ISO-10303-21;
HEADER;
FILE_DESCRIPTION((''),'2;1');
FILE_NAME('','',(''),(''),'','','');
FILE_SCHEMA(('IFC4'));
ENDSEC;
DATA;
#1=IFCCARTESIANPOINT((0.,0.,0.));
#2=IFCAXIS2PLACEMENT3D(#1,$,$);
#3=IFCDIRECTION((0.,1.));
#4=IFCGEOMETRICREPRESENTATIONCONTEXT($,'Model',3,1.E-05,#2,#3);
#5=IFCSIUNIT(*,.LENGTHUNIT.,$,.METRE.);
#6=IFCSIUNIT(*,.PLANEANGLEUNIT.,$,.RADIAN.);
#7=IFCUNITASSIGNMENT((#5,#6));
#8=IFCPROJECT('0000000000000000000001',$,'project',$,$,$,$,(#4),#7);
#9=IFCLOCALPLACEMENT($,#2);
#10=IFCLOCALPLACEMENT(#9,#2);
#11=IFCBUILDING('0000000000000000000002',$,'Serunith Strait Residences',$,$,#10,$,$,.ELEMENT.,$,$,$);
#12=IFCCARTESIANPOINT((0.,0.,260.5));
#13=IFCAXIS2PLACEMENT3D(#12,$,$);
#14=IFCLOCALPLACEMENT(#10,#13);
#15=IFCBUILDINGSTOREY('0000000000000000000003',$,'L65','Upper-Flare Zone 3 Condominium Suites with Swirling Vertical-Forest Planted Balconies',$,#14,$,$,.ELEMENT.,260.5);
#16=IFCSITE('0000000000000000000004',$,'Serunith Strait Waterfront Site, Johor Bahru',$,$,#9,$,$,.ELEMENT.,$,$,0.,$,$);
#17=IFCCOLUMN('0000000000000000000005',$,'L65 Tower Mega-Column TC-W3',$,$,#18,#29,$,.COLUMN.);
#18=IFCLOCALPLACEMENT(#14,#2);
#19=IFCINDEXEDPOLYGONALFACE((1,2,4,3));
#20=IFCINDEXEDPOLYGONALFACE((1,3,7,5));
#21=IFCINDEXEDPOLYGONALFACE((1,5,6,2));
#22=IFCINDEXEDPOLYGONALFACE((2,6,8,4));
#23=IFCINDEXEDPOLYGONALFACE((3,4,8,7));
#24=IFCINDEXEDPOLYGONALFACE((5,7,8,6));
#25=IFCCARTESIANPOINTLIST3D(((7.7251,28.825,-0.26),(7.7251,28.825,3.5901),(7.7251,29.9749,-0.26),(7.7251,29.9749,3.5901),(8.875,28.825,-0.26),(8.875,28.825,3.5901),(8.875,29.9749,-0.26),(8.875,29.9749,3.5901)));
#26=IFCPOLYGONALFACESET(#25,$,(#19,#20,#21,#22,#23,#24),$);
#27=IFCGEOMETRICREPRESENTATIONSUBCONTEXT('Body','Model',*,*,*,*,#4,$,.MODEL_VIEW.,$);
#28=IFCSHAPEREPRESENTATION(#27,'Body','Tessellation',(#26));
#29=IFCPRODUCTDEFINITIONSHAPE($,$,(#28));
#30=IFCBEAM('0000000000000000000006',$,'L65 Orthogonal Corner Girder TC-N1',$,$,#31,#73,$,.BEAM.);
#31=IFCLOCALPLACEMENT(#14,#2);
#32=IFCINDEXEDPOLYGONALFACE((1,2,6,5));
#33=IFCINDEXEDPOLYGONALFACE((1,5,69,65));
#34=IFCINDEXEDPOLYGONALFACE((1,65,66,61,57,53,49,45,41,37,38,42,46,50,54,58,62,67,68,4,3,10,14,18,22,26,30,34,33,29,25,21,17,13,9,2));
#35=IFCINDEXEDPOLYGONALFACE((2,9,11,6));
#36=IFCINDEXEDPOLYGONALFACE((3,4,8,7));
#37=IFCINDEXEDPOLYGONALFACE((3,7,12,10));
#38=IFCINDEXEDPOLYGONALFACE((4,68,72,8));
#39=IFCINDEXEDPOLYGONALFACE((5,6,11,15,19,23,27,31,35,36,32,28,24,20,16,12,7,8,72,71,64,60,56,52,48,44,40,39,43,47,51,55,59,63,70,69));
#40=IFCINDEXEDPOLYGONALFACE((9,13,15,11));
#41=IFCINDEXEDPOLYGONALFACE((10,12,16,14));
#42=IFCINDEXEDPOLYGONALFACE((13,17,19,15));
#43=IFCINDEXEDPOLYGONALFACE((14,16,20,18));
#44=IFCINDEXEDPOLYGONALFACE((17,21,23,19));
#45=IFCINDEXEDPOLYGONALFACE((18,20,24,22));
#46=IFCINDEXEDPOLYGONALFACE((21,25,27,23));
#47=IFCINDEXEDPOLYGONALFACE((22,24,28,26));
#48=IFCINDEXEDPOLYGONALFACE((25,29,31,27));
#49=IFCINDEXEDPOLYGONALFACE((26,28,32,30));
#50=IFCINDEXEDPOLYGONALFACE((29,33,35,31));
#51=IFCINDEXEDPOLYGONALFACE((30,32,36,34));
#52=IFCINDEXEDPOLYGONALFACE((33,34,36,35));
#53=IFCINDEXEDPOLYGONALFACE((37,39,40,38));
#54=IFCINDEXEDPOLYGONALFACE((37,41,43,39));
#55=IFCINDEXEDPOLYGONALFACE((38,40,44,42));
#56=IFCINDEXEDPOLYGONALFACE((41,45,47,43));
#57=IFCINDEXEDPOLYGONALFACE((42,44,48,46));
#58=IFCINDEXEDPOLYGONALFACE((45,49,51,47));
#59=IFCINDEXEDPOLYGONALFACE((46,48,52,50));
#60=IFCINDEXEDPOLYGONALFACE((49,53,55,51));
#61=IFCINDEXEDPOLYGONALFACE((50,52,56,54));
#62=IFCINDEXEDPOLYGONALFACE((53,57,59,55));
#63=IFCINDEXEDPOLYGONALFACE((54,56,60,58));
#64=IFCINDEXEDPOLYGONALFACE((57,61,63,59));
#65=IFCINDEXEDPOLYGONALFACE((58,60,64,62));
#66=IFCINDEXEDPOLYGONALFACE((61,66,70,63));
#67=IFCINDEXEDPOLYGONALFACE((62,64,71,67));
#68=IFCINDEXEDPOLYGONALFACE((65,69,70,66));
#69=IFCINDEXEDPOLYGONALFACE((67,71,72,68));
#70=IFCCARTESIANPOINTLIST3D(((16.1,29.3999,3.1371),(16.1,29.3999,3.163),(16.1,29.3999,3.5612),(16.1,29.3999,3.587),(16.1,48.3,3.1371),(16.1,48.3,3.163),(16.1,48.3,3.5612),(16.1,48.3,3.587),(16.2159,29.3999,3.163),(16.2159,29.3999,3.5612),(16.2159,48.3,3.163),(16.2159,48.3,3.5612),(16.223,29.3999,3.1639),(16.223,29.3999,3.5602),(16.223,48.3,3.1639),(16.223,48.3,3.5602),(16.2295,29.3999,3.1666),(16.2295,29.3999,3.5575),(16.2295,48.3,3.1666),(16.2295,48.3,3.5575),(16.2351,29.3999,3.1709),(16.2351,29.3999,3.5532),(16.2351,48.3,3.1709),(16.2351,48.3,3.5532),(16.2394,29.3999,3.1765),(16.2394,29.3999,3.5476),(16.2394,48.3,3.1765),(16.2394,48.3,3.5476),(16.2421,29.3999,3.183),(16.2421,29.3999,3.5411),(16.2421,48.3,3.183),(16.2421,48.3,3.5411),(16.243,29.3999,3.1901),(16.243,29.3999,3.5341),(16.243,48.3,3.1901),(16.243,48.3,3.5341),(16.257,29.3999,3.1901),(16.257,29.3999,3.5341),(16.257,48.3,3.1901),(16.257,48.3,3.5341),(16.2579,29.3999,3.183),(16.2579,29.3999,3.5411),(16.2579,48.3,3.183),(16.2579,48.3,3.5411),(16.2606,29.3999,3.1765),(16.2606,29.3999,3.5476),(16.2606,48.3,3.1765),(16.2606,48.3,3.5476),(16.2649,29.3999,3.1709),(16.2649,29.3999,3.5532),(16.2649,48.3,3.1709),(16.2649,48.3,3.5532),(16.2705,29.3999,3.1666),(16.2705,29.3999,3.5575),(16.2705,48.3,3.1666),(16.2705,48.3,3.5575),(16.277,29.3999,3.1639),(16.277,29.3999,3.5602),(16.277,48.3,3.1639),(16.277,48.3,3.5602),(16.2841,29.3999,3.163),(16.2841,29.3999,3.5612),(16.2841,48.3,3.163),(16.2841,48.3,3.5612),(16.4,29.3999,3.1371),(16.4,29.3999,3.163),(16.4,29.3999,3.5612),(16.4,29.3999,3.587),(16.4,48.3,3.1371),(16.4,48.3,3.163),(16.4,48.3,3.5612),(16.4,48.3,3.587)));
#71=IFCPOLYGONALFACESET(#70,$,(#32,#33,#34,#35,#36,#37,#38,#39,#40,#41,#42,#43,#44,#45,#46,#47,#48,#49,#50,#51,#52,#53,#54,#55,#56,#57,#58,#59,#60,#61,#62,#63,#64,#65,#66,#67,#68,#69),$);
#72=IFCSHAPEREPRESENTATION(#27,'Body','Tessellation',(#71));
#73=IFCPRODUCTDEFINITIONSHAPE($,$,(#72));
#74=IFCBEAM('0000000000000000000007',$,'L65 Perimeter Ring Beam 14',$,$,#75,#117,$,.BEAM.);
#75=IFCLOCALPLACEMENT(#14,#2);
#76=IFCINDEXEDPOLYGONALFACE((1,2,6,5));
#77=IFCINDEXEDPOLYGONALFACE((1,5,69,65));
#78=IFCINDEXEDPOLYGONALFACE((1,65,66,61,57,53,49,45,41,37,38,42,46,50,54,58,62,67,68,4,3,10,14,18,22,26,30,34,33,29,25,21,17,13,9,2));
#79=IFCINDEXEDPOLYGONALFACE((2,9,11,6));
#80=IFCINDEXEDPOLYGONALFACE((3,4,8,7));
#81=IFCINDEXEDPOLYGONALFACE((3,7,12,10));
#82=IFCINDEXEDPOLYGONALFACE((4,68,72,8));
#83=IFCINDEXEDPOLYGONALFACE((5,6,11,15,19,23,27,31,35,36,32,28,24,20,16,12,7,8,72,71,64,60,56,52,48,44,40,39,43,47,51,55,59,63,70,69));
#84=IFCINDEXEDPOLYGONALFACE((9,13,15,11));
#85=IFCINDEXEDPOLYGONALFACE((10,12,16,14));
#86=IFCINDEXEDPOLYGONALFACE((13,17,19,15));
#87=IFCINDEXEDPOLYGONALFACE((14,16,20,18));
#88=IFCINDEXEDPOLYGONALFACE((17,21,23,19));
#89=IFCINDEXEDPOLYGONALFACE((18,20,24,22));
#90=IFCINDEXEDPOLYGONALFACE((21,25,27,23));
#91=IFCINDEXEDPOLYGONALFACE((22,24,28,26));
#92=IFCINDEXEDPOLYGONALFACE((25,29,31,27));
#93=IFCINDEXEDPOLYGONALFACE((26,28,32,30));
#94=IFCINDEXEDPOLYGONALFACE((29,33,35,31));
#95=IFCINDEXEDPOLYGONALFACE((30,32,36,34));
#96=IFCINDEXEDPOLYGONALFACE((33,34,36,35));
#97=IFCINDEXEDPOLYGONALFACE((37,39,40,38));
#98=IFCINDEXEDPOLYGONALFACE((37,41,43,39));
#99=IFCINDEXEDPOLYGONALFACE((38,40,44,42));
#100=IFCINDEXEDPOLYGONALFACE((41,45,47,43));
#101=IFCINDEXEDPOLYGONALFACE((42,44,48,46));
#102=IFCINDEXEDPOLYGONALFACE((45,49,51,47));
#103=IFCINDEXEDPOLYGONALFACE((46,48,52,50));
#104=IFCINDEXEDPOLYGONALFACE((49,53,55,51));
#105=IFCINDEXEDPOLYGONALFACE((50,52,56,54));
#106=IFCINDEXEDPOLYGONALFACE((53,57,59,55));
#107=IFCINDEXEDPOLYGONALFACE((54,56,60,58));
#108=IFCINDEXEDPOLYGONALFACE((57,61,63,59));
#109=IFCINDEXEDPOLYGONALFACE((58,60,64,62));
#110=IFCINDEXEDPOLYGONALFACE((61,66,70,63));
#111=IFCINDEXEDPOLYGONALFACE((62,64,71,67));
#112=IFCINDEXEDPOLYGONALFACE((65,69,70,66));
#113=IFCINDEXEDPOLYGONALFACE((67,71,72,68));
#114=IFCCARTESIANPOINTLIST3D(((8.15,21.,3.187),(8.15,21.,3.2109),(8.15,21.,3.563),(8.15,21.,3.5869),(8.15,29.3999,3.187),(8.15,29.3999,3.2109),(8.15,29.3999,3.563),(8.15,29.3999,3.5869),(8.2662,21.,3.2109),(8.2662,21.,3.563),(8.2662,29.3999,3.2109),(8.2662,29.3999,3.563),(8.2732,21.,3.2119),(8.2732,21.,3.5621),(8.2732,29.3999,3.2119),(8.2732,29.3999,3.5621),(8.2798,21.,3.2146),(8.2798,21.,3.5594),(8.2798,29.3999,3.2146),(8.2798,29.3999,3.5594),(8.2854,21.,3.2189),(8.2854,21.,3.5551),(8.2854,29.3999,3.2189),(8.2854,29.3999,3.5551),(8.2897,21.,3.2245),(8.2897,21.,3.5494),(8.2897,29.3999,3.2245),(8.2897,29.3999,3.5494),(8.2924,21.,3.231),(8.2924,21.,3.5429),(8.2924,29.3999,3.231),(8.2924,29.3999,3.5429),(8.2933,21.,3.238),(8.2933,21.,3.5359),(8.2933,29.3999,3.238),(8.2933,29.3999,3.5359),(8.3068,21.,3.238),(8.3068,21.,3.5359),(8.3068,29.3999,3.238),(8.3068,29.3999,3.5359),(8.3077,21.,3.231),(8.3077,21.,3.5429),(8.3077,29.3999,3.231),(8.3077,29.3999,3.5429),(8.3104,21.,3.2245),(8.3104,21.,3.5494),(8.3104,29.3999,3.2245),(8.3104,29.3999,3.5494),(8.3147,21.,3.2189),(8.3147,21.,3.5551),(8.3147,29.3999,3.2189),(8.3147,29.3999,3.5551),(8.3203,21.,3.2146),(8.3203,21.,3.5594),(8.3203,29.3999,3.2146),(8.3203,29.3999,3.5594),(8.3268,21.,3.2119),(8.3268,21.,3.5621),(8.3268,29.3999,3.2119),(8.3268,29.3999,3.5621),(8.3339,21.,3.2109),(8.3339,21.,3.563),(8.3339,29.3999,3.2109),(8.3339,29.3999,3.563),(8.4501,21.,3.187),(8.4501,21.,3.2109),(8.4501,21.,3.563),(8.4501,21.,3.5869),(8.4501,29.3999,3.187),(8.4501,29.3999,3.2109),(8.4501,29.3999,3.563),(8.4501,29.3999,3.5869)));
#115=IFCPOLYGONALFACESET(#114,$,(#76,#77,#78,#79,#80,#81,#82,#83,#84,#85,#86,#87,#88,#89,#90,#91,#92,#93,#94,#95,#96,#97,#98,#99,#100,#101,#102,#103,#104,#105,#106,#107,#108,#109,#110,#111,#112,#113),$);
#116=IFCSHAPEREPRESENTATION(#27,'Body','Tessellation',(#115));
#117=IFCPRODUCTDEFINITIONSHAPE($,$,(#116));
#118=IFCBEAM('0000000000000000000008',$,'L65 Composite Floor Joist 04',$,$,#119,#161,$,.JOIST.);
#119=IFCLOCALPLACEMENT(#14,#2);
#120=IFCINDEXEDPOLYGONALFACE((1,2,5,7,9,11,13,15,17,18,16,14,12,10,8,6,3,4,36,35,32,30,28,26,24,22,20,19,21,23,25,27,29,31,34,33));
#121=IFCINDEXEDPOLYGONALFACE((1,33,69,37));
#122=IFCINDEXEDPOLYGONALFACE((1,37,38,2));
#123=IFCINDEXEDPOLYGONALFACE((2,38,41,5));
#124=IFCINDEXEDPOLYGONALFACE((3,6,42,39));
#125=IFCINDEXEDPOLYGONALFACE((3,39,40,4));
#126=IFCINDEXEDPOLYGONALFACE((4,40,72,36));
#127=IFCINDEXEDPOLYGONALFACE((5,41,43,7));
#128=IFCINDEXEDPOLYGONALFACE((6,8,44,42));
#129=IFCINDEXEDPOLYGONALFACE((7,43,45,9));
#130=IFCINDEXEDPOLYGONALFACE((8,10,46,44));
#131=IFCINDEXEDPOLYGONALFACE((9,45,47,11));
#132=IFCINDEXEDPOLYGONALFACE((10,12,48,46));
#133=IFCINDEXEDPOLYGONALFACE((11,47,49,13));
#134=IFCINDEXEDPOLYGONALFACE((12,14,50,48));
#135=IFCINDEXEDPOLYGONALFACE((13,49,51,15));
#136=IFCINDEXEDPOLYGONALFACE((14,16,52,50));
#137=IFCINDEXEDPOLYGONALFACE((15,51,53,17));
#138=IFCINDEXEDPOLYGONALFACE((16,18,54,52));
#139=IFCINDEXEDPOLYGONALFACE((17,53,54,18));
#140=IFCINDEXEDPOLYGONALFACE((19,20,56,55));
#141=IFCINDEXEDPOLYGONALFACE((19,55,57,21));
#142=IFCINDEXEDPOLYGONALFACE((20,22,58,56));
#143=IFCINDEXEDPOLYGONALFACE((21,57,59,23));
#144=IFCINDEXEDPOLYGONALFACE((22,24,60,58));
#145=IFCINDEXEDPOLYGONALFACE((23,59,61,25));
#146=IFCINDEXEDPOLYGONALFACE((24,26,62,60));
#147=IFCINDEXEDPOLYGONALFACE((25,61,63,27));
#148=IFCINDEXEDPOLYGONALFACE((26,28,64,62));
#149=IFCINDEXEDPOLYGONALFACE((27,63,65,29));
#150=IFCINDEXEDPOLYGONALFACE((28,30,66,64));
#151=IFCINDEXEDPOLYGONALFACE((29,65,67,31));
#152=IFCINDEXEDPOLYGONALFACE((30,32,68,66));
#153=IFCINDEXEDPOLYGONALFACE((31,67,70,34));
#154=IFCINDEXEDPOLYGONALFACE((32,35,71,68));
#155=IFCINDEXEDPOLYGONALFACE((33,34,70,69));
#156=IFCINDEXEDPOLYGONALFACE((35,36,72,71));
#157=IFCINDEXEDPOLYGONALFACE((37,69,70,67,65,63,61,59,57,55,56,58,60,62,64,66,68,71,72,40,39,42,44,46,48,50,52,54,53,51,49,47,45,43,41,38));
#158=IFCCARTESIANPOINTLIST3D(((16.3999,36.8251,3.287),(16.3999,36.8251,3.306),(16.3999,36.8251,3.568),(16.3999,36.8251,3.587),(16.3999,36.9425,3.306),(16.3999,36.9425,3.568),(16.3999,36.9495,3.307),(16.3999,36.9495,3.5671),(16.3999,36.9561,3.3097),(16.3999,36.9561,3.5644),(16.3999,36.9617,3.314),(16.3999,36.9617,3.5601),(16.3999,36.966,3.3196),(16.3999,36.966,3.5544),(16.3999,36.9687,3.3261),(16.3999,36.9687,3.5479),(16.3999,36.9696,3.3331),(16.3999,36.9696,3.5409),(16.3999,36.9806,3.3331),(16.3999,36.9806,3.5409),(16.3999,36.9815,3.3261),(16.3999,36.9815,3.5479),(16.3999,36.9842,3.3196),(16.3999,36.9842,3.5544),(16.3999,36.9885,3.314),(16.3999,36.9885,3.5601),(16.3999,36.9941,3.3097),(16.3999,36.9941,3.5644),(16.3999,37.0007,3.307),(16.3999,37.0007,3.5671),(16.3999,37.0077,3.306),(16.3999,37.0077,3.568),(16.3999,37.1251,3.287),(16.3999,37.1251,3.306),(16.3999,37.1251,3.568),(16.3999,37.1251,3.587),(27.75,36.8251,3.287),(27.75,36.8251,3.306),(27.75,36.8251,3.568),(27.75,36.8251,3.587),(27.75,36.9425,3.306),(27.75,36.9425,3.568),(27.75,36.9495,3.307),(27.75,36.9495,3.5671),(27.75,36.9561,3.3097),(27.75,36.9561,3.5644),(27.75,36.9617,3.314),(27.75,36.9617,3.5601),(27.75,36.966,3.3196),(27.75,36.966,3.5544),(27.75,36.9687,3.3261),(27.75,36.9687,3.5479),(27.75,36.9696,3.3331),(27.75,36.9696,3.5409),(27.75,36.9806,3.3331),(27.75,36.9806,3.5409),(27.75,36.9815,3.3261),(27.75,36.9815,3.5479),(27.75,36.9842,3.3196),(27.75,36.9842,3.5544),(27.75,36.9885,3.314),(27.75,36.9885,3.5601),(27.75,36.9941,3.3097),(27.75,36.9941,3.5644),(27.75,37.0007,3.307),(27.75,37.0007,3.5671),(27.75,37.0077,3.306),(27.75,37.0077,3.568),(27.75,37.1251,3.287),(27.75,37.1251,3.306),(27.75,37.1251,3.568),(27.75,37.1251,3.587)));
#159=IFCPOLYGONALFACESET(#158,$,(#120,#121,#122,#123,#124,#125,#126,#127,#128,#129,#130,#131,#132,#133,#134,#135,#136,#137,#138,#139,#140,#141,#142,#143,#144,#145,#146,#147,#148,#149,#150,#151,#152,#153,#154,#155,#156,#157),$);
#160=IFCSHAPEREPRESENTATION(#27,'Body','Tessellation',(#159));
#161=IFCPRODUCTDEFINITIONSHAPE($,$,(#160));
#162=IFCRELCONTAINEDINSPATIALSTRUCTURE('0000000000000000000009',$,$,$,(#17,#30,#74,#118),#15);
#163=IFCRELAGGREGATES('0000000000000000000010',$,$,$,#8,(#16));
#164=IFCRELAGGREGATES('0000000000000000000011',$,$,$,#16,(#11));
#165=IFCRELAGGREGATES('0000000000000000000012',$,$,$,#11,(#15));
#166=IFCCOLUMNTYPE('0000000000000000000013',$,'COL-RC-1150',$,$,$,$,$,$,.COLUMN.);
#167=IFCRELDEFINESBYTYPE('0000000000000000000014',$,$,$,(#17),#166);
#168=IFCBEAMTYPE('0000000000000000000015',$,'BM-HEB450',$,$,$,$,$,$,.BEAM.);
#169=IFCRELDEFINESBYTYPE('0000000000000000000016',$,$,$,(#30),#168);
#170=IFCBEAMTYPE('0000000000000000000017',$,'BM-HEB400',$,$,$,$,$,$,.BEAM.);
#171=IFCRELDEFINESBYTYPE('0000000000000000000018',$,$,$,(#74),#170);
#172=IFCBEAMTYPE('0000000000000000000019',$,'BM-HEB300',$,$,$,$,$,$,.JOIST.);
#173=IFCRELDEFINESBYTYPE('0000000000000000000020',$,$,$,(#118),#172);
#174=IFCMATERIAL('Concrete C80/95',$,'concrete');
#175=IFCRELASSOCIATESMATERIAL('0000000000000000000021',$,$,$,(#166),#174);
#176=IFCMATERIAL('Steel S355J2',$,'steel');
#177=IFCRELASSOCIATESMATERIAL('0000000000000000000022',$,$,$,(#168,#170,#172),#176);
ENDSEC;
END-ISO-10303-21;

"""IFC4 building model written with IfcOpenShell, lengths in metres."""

from ifc_helpers import new_model, si_unit, direction, frame, origin, origin_2d, place, context, subcontext, project, spatial, rectangle, i_section, extrude, source, transform, mapped, material, material_profile, profile_set, type_object, element, save


model = new_model("IFC4")

# Units and contexts
model_context = context("Model", 3, precision=1e-05, world=origin(), true_north=direction((0.0, 1.0)))
body_context = subcontext(model_context, "Body", "Model", "MODEL_VIEW")
ifc_project = project(units=[si_unit("LENGTHUNIT", "METRE"), si_unit("PLANEANGLEUNIT", "RADIAN")], contexts=[model_context])

# Site, building, storey
site_placement = place(None, origin())
site = spatial("IfcSite", under=ifc_project, at=site_placement, Name="Serunith Strait Waterfront Site, Johor Bahru", CompositionType="ELEMENT", RefElevation=0.0)
building_placement = place(site_placement, origin())
building = spatial("IfcBuilding", under=site, at=building_placement, Name="Serunith Strait Residences", CompositionType="ELEMENT")
storey_placement = place(building_placement, frame((0.0, 0.0, 260.5)))
storey = spatial("IfcBuildingStorey", under=building, at=storey_placement, Name="L65", Description="Upper-Flare Zone 3 Condominium Suites with Swirling Vertical-Forest Planted Balconies", CompositionType="ELEMENT", Elevation=260.5)

# Column
ifc_material_1 = material(Name="Concrete C80/95", Category="concrete")
ifc_material_profile_1 = material_profile(ifc_material_1, rectangle(XDim=1.1499, YDim=1.1499, at=origin_2d()), Name="RC 1150x1150")
ifc_profile_set_1 = profile_set([ifc_material_profile_1], Name="Concrete C80/95")
column_type = type_object("IfcColumnType", Name="COL-RC-1150", PredefinedType="COLUMN", material=ifc_profile_set_1)
shared_shape_1 = source(origin(), body_context, "Body", "SweptSolid", [
    extrude(rectangle(XDim=1.1499, YDim=1.1499, at=origin_2d()), origin(), (0.0, 0.0, 1.0), 3.8501),
])
column_placement = place(storey_placement, frame((8.3, 29.3999, -0.26), z_axis=(0.0, 0.0, 1.0), x_axis=(1.0, 0.0, 0.0)))
element("IfcColumn", 1, at=column_placement, inside=storey, type_object=column_type, Name="L65 Tower Mega-Column TC-W3", PredefinedType="COLUMN", context=body_context, shape_type="MappedRepresentation", body=[
    mapped(shared_shape_1, transform((0.0, 0.0, 0.0), scale=1.0)),
])

# Beams
ifc_material_2 = material(Name="Steel S355J2", Category="steel")
ifc_material_profile_2 = material_profile(ifc_material_2, i_section(OverallWidth=0.3, OverallDepth=0.45, WebThickness=0.0139, FlangeThickness=0.0259, FilletRadius=0.0271, at=origin_2d()), Name="HEB 450")
ifc_profile_set_2 = profile_set([ifc_material_profile_2], Name="Steel S355J2")
beam_type_1 = type_object("IfcBeamType", Name="BM-HEB450", PredefinedType="BEAM", material=ifc_profile_set_2)
shared_shape_2 = source(origin(), body_context, "Body", "SweptSolid", [
    extrude(i_section(OverallWidth=0.3, OverallDepth=0.45, WebThickness=0.0139, FlangeThickness=0.0259, FilletRadius=0.0271, at=origin_2d()), origin(), (0.0, 0.0, 1.0), 18.9001),
])
beam_1_placement = place(storey_placement, frame((16.25, 29.3999, 3.3621), z_axis=(0.0, 1.0, 0.0), x_axis=(-1.0, 0.0, 0.0)))
element("IfcBeam", 2, at=beam_1_placement, inside=storey, type_object=beam_type_1, Name="L65 Orthogonal Corner Girder TC-N1", PredefinedType="BEAM", context=body_context, shape_type="MappedRepresentation", body=[
    mapped(shared_shape_2, transform((0.0, 0.0, 0.0), scale=1.0)),
])
ifc_material_profile_3 = material_profile(ifc_material_2, i_section(OverallWidth=0.3, OverallDepth=0.3999, WebThickness=0.0134, FlangeThickness=0.0239, FilletRadius=0.0271, at=origin_2d()), Name="HEB 400")
ifc_profile_set_3 = profile_set([ifc_material_profile_3], Name="Steel S355J2")
beam_type_2 = type_object("IfcBeamType", Name="BM-HEB400", PredefinedType="BEAM", material=ifc_profile_set_3)
shared_shape_3 = source(origin(), body_context, "Body", "SweptSolid", [
    extrude(i_section(OverallWidth=0.3, OverallDepth=0.3999, WebThickness=0.0134, FlangeThickness=0.0239, FilletRadius=0.0271, at=origin_2d()), origin(), (0.0, 0.0, 1.0), 8.3999),
])
beam_2_placement = place(storey_placement, frame((8.3, 29.3999, 3.387), z_axis=(0.0, -1.0, 0.0), x_axis=(1.0, 0.0, 0.0)))
element("IfcBeam", 3, at=beam_2_placement, inside=storey, type_object=beam_type_2, Name="L65 Perimeter Ring Beam 14", PredefinedType="BEAM", context=body_context, shape_type="MappedRepresentation", body=[
    mapped(shared_shape_3, transform((0.0, 0.0, 0.0), scale=1.0)),
])
ifc_material_profile_4 = material_profile(ifc_material_2, i_section(OverallWidth=0.3, OverallDepth=0.3, WebThickness=0.011, FlangeThickness=0.019, FilletRadius=0.0271, at=origin_2d()), Name="HEB 300")
ifc_profile_set_4 = profile_set([ifc_material_profile_4], Name="Steel S355J2")
beam_type_3 = type_object("IfcBeamType", Name="BM-HEB300", PredefinedType="JOIST", material=ifc_profile_set_4)
shared_shape_4 = source(origin(), body_context, "Body", "SweptSolid", [
    extrude(i_section(OverallWidth=0.3, OverallDepth=0.3, WebThickness=0.011, FlangeThickness=0.019, FilletRadius=0.0271, at=origin_2d()), origin(), (0.0, 0.0, 1.0), 11.3501),
])
beam_3_placement = place(storey_placement, frame((16.3999, 36.9751, 3.437), z_axis=(1.0, 0.0, 0.0), x_axis=(0.0, 1.0, 0.0)))
element("IfcBeam", 4, at=beam_3_placement, inside=storey, type_object=beam_type_3, Name="L65 Composite Floor Joist 04", PredefinedType="JOIST", context=body_context, shape_type="MappedRepresentation", body=[
    mapped(shared_shape_4, transform((0.0, 0.0, 0.0), scale=1.0)),
])

save(model, "model.ifc")
